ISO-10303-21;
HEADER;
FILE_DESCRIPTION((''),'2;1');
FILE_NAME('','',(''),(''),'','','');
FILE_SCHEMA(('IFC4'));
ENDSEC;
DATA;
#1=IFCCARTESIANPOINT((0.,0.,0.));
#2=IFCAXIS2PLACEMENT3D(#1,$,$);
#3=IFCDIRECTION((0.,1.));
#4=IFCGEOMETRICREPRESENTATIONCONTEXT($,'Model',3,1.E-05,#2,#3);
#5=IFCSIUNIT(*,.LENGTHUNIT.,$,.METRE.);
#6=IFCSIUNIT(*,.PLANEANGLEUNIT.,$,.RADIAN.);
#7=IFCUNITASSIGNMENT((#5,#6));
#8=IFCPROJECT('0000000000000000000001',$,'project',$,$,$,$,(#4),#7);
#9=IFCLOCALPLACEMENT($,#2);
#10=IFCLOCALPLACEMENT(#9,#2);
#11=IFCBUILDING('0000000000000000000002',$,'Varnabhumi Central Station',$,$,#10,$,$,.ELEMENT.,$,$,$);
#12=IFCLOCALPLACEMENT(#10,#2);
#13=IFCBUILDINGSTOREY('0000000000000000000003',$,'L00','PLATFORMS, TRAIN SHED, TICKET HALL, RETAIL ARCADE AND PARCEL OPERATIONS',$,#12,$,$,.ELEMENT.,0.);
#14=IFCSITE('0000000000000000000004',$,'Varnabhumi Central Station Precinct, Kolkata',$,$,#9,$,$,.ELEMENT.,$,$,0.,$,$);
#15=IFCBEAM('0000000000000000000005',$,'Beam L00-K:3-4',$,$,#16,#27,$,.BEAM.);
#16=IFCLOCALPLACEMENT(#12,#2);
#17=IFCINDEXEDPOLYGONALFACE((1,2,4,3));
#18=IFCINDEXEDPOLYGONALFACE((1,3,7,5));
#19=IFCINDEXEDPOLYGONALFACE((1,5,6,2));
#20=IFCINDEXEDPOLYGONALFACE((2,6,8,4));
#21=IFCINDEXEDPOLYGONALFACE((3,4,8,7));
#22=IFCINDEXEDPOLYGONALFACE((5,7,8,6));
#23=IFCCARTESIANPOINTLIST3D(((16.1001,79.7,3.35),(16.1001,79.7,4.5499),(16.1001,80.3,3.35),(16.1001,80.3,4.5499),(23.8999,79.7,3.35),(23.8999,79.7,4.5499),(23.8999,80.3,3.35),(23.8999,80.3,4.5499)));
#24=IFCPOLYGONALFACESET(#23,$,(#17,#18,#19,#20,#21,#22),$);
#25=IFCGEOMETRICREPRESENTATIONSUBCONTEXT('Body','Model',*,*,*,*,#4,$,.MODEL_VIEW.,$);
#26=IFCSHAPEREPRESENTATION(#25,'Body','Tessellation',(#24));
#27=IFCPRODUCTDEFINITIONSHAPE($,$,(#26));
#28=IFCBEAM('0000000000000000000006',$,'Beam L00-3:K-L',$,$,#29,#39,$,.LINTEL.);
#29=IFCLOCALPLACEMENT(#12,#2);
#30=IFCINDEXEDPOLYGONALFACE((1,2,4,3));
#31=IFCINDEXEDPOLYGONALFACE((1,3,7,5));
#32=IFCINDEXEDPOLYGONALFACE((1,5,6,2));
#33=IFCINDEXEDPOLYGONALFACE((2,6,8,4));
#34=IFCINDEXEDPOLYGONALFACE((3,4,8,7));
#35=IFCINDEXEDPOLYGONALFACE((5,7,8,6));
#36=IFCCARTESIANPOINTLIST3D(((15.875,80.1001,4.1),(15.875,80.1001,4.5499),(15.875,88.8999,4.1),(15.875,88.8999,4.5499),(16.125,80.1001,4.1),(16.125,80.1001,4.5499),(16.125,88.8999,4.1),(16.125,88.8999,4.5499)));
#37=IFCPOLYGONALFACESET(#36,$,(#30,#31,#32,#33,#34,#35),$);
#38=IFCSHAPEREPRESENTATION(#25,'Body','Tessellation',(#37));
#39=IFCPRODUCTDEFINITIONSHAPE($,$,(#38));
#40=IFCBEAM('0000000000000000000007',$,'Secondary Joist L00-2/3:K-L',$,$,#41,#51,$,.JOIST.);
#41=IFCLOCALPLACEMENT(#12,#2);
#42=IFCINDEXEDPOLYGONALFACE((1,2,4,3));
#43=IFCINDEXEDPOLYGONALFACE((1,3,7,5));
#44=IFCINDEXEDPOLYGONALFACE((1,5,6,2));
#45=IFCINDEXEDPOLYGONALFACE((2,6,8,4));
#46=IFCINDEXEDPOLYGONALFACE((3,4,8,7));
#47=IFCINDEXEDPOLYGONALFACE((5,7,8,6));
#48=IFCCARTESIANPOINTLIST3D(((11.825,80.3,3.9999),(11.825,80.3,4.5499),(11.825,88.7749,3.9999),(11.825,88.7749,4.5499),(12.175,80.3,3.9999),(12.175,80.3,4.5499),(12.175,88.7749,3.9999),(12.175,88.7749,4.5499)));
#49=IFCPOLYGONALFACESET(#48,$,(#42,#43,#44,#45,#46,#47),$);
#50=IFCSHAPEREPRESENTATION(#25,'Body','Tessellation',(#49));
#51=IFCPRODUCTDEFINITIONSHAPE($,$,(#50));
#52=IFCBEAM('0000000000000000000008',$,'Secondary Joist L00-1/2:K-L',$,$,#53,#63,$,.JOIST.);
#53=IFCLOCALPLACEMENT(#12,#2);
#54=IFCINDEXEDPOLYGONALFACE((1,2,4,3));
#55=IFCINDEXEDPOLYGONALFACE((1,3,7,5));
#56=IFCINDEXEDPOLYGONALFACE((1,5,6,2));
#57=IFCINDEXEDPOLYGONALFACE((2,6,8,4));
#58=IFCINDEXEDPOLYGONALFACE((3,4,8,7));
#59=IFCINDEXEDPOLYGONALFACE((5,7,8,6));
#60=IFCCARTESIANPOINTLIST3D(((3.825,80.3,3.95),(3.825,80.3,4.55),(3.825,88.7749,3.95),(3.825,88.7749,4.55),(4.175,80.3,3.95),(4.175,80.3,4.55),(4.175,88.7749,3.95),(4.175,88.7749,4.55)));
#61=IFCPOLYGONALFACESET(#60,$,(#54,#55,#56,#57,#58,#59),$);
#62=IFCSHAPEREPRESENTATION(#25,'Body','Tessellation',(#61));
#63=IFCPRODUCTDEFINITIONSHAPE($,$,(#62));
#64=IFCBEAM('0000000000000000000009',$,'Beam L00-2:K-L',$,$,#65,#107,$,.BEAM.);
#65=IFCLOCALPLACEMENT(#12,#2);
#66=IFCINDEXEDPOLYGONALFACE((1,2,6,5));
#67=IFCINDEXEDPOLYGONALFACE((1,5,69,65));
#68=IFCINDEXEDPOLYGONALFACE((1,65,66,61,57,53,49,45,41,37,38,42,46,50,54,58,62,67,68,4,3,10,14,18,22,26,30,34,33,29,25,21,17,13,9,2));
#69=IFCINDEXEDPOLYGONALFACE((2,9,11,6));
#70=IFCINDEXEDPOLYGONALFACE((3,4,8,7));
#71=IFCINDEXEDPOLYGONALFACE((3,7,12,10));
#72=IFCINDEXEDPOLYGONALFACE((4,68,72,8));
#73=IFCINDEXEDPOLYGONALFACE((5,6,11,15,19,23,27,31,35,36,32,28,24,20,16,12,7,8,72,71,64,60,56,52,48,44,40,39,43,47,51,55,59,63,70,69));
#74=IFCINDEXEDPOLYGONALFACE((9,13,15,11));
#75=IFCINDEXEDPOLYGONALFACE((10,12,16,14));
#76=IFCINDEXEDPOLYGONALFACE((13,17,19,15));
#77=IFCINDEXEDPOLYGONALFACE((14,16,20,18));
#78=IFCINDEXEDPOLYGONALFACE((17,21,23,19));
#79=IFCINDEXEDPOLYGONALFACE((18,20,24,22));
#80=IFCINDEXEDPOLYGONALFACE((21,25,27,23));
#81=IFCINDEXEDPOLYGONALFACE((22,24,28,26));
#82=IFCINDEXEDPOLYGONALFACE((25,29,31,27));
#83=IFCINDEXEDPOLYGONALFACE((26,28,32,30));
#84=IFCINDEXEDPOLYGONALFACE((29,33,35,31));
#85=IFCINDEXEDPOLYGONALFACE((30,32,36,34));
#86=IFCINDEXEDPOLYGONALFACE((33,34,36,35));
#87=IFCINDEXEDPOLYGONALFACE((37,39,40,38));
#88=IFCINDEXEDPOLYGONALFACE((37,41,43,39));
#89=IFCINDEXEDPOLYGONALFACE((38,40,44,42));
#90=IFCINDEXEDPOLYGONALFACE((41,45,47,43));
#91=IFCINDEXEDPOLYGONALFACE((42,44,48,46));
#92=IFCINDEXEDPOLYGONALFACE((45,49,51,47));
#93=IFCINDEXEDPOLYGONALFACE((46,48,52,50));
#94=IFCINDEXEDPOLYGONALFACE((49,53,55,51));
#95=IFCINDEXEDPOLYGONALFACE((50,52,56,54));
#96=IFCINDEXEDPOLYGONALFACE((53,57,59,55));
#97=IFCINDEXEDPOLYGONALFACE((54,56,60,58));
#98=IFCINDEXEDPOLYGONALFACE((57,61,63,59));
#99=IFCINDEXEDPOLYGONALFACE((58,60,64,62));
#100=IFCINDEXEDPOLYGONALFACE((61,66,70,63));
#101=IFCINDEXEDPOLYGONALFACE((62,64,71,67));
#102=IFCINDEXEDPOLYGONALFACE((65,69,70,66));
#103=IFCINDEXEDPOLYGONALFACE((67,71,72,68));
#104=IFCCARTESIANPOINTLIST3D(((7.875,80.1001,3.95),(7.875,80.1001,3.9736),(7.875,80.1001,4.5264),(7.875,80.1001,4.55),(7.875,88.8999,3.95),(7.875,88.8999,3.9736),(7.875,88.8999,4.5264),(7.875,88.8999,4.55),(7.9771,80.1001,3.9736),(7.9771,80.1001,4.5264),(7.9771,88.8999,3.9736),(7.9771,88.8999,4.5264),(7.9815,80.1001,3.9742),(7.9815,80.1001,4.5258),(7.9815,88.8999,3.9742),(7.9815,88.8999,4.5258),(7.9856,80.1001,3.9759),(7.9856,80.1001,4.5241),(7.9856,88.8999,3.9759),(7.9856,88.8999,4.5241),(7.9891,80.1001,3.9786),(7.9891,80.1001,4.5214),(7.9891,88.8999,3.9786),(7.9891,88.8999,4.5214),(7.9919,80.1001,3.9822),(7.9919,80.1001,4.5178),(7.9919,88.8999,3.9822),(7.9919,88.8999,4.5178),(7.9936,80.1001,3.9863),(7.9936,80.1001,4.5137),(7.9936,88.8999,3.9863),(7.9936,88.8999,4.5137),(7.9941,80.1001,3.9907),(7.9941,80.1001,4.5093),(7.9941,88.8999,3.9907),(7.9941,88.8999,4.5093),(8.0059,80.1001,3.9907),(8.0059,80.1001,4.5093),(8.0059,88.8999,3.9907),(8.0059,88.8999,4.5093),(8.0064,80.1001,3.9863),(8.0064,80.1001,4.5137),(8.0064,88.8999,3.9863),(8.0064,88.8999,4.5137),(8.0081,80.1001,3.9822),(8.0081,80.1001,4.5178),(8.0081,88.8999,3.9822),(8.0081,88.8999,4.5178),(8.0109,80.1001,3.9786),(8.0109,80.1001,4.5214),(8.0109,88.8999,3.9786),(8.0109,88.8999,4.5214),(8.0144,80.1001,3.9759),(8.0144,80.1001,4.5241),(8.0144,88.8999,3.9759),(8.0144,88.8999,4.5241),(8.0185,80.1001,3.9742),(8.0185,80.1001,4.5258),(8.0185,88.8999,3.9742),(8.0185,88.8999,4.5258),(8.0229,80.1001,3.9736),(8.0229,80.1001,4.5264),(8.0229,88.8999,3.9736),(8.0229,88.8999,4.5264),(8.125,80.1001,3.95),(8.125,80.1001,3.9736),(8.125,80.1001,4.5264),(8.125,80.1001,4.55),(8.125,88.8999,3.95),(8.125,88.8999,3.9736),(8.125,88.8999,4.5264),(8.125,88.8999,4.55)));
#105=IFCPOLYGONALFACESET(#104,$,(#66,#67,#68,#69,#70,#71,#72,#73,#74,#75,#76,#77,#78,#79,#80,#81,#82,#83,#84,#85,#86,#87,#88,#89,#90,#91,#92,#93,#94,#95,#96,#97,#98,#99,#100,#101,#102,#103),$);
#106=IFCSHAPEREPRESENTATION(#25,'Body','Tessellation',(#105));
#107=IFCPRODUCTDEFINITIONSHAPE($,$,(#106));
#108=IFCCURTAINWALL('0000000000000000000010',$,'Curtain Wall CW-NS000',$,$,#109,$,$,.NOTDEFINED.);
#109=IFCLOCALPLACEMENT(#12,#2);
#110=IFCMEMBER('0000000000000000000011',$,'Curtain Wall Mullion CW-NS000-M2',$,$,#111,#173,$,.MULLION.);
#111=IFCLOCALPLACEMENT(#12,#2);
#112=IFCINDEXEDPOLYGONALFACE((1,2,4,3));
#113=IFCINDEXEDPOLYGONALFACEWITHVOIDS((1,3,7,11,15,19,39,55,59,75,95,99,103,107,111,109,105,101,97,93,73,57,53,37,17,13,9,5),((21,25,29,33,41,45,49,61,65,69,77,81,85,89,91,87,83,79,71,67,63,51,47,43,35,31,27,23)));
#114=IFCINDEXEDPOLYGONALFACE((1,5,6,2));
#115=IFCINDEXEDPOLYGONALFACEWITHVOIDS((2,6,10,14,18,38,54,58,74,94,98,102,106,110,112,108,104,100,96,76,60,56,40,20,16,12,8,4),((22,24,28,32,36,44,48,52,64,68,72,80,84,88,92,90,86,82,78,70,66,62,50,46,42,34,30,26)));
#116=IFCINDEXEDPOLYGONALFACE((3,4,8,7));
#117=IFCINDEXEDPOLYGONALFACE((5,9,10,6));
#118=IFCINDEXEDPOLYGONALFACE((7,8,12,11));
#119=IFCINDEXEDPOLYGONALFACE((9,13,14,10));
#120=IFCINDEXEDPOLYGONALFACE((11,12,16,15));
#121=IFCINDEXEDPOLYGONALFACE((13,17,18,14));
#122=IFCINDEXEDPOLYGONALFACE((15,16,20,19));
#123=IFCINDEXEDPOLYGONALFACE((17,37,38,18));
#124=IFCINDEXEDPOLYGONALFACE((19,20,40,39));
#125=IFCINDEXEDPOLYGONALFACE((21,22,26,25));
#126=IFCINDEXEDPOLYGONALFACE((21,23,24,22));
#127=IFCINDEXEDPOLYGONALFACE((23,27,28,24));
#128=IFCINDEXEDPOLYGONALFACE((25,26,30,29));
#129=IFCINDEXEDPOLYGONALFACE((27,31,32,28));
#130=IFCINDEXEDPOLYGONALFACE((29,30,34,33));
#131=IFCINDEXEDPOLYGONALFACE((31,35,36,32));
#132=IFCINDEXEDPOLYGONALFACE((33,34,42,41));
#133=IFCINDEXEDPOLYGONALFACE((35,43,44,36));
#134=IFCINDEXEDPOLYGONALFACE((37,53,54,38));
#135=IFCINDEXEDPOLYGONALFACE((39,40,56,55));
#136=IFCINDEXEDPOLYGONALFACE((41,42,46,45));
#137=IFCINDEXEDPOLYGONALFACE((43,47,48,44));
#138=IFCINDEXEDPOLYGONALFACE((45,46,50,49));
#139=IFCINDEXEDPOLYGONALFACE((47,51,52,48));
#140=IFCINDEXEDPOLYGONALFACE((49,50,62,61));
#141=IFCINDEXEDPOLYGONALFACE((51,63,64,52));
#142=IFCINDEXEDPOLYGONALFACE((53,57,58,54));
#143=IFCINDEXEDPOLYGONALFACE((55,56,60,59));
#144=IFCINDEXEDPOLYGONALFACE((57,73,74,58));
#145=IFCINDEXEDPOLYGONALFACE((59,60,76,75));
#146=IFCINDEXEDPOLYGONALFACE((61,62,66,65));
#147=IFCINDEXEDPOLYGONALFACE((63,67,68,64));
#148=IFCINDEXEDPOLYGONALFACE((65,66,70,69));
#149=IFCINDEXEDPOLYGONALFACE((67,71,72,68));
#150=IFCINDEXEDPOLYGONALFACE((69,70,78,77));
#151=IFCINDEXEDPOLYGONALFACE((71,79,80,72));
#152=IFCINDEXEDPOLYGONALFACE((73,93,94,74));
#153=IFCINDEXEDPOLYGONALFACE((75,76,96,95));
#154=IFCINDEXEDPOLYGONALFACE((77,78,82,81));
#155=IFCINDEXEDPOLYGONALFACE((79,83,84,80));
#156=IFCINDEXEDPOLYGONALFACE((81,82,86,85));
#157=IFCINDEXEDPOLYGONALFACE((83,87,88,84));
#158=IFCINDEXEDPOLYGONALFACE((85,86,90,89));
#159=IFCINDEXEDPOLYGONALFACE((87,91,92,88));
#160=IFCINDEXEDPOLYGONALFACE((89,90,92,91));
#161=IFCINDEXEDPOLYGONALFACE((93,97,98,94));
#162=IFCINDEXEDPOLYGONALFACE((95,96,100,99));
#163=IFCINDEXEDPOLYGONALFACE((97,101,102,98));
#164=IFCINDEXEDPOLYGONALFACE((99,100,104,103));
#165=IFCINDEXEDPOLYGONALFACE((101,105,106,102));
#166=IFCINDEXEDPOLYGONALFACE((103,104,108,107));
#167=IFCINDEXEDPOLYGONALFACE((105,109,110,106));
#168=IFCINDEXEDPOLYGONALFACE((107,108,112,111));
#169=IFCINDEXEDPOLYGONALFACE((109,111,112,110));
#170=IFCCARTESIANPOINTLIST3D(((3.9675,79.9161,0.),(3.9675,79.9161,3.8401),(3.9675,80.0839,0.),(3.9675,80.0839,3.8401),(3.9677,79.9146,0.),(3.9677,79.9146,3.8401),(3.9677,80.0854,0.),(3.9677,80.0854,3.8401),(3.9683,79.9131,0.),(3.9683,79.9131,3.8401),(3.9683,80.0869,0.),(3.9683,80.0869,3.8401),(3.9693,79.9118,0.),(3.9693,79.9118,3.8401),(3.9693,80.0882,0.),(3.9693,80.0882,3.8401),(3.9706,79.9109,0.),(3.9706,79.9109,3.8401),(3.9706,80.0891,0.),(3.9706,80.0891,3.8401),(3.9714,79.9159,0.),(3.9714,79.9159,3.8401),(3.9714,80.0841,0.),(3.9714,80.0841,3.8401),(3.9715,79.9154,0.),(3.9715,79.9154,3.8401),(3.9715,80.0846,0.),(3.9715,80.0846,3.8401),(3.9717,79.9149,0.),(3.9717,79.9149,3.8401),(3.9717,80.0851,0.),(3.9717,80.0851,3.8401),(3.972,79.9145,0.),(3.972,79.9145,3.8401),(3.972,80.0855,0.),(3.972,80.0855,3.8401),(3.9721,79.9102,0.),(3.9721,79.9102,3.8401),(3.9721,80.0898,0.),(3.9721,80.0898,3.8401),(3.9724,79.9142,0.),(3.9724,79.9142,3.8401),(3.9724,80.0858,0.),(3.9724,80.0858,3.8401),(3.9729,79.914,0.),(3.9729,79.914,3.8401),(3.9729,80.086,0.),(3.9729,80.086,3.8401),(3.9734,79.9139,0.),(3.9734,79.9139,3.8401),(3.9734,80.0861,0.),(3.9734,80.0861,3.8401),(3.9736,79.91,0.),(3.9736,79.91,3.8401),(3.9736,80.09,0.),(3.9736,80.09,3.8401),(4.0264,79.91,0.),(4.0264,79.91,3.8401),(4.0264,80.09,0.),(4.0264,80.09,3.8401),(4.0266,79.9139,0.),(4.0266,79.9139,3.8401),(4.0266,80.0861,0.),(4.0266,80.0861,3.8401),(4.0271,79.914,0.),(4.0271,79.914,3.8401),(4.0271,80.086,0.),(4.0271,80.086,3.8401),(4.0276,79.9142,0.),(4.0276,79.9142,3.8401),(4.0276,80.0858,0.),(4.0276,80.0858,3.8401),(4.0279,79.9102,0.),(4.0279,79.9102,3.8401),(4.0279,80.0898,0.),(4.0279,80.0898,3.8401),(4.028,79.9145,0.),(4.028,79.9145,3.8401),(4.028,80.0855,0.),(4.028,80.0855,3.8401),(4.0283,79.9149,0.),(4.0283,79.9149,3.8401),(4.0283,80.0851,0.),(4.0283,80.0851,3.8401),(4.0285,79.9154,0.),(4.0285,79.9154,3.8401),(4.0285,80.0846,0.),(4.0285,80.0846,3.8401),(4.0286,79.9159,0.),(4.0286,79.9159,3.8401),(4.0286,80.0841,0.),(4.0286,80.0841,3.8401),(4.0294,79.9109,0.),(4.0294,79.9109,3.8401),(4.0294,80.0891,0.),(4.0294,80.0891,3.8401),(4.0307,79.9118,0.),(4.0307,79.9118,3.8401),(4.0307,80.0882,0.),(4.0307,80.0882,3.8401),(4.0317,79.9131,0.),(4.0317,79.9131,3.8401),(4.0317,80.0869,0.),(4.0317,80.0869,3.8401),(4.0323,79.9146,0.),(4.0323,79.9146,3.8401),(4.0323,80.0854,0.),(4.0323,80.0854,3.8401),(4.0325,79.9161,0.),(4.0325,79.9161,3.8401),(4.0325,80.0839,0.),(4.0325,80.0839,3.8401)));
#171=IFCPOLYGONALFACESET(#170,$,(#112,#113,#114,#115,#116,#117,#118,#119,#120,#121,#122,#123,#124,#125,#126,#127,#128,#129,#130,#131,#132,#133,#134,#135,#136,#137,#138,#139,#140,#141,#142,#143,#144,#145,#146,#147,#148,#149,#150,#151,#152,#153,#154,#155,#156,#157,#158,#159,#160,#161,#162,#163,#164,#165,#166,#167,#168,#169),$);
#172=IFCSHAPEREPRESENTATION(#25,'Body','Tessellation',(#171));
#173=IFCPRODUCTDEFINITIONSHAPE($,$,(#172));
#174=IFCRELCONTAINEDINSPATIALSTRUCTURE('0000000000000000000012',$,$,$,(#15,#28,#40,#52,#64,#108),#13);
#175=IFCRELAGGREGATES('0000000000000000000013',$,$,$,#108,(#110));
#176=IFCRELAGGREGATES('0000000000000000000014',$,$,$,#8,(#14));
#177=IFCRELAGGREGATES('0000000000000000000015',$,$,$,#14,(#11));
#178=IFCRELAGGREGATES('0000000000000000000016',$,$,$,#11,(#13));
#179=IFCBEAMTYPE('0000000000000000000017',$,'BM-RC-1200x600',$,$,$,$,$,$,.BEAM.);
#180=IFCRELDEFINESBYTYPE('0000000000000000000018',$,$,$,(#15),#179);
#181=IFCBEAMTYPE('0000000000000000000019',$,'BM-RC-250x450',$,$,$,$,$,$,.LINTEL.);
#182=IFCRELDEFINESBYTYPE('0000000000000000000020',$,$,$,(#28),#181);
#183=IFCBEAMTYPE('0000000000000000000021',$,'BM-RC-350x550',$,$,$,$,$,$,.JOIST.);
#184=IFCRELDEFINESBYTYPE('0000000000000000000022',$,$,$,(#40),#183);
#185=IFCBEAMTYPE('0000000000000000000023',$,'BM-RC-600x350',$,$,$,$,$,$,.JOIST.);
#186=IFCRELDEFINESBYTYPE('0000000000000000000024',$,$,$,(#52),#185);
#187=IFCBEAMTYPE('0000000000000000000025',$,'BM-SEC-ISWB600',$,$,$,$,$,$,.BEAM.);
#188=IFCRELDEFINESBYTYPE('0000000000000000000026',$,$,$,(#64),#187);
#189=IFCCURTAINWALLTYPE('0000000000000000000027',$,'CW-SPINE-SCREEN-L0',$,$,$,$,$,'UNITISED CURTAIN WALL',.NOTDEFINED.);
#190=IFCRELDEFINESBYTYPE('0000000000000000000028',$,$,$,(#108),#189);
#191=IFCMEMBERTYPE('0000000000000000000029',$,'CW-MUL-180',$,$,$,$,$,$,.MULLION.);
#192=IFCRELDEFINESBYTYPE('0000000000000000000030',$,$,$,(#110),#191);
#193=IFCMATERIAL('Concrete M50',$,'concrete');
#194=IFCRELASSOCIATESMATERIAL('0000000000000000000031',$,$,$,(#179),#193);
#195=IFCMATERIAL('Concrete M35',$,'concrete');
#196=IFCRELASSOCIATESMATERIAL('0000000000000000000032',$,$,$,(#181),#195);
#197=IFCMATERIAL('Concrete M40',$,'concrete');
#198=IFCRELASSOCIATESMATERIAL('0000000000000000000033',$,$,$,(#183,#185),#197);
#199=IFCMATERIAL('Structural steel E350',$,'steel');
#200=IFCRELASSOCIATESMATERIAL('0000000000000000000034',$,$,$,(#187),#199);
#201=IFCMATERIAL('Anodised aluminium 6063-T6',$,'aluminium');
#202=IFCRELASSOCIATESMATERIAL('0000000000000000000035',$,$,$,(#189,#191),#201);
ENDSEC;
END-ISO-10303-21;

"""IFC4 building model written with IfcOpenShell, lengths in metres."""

from ifc_helpers import new_model, si_unit, direction, frame, origin, origin_2d, place, context, subcontext, project, spatial, rectangle, hollow_rectangle, i_section, extrude, material, material_profile, profile_set, type_object, element, aggregate, save


model = new_model("IFC4")

# Units and contexts
model_context = context("Model", 3, precision=1e-05, world=origin(), true_north=direction((0.0, 1.0)))
body_context = subcontext(model_context, "Body", "Model", "MODEL_VIEW")
ifc_project = project(units=[si_unit("LENGTHUNIT", "METRE"), si_unit("PLANEANGLEUNIT", "RADIAN")], contexts=[model_context])

# Site, building, storey
site_placement = place(None, origin())
site = spatial("IfcSite", under=ifc_project, at=site_placement, Name="Varnabhumi Central Station Precinct, Kolkata", CompositionType="ELEMENT", RefElevation=0.0)
building_placement = place(site_placement, origin())
building = spatial("IfcBuilding", under=site, at=building_placement, Name="Varnabhumi Central Station", CompositionType="ELEMENT")
storey_placement = place(building_placement, origin())
storey = spatial("IfcBuildingStorey", under=building, at=storey_placement, Name="L00", Description="PLATFORMS, TRAIN SHED, TICKET HALL, RETAIL ARCADE AND PARCEL OPERATIONS", CompositionType="ELEMENT", Elevation=0.0)

# Shared definitions
ifc_material_1 = material(Name="Concrete M40", Category="concrete")

# Shared definitions
ifc_material_2 = material(Name="Concrete M35", Category="concrete")

# Shared definitions
ifc_material_3 = material(Name="Concrete M50", Category="concrete")

# Beams
ifc_material_profile_1 = material_profile(ifc_material_3, rectangle(XDim=0.6001, YDim=1.2, at=origin_2d()), Name="Concrete M50", Category="concrete")
ifc_profile_set_1 = profile_set([ifc_material_profile_1], Name="Concrete M50")
beam_type_1 = type_object("IfcBeamType", Name="BM-RC-1200x600", PredefinedType="BEAM", material=ifc_profile_set_1)
for number, where, z_axis, x_axis, name in (
    (1, (16.1001, 80.0, 3.95), (1.0, 0.0, 0.0), (0.0, 1.0, 0.0), "Beam L00-K:3-4"),
):
    element("IfcBeam", number, at=place(storey_placement, frame(where, z_axis=z_axis, x_axis=x_axis)), inside=storey, type_object=beam_type_1, Name=name, PredefinedType="BEAM", context=body_context, shape_type="SweptSolid", body=[
        extrude(rectangle(XDim=0.6001, YDim=1.2, at=origin_2d()), origin(), (0.0, 0.0, 1.0), 7.7998),
    ])
ifc_material_profile_2 = material_profile(ifc_material_2, rectangle(XDim=0.25, YDim=0.45, at=origin_2d()), Name="Concrete M35", Category="concrete")
ifc_profile_set_2 = profile_set([ifc_material_profile_2], Name="Concrete M35")
beam_type_2 = type_object("IfcBeamType", Name="BM-RC-250x450", PredefinedType="LINTEL", material=ifc_profile_set_2)
beam_1_placement = place(storey_placement, frame((16.0, 80.1001, 4.325), z_axis=(0.0, 1.0, 0.0), x_axis=(-1.0, 0.0, 0.0)))
element("IfcBeam", 2, at=beam_1_placement, inside=storey, type_object=beam_type_2, Name="Beam L00-3:K-L", PredefinedType="LINTEL", context=body_context, shape_type="SweptSolid", body=[
    extrude(rectangle(XDim=0.25, YDim=0.45, at=origin_2d()), origin(), (0.0, 0.0, 1.0), 8.7998),
])
ifc_material_profile_3 = material_profile(ifc_material_1, rectangle(XDim=0.3501, YDim=0.55, at=origin_2d()), Name="Concrete M40", Category="concrete")
ifc_profile_set_3 = profile_set([ifc_material_profile_3], Name="Concrete M40")
beam_type_3 = type_object("IfcBeamType", Name="BM-RC-350x550", PredefinedType="JOIST", material=ifc_profile_set_3)
beam_2_placement = place(storey_placement, frame((12.0, 80.3, 4.2749), z_axis=(0.0, 1.0, 0.0), x_axis=(-1.0, 0.0, 0.0)))
element("IfcBeam", 3, at=beam_2_placement, inside=storey, type_object=beam_type_3, Name="Secondary Joist L00-2/3:K-L", PredefinedType="JOIST", context=body_context, shape_type="SweptSolid", body=[
    extrude(rectangle(XDim=0.3501, YDim=0.55, at=origin_2d()), origin(), (0.0, 0.0, 1.0), 8.4749),
])
ifc_material_profile_4 = material_profile(ifc_material_1, rectangle(XDim=0.3501, YDim=0.6001, at=origin_2d()), Name="Concrete M40", Category="concrete")
ifc_profile_set_4 = profile_set([ifc_material_profile_4], Name="Concrete M40")
beam_type_4 = type_object("IfcBeamType", Name="BM-RC-600x350", PredefinedType="JOIST", material=ifc_profile_set_4)
beam_3_placement = place(storey_placement, frame((4.0, 80.3, 4.25), z_axis=(0.0, 1.0, 0.0), x_axis=(-1.0, 0.0, 0.0)))
element("IfcBeam", 4, at=beam_3_placement, inside=storey, type_object=beam_type_4, Name="Secondary Joist L00-1/2:K-L", PredefinedType="JOIST", context=body_context, shape_type="SweptSolid", body=[
    extrude(rectangle(XDim=0.3501, YDim=0.6001, at=origin_2d()), origin(), (0.0, 0.0, 1.0), 8.4749),
])
ifc_material_4 = material(Name="Structural steel E350", Category="steel")
ifc_material_profile_5 = material_profile(ifc_material_4, i_section(OverallWidth=0.25, OverallDepth=0.6001, WebThickness=0.0117, FlangeThickness=0.0237, FilletRadius=0.0171, at=origin_2d()), Name="Structural steel E350", Category="steel")
ifc_profile_set_5 = profile_set([ifc_material_profile_5], Name="Structural steel E350")
beam_type_5 = type_object("IfcBeamType", Name="BM-SEC-ISWB600", PredefinedType="BEAM", material=ifc_profile_set_5)
beam_4_placement = place(storey_placement, frame((8.0, 80.1001, 4.25), z_axis=(0.0, 1.0, 0.0), x_axis=(-1.0, 0.0, 0.0)))
element("IfcBeam", 5, at=beam_4_placement, inside=storey, type_object=beam_type_5, Name="Beam L00-2:K-L", PredefinedType="BEAM", context=body_context, shape_type="SweptSolid", body=[
    extrude(i_section(OverallWidth=0.25, OverallDepth=0.6001, WebThickness=0.0117, FlangeThickness=0.0237, FilletRadius=0.0171, at=origin_2d()), origin(), (0.0, 0.0, 1.0), 8.7998),
])

# Curtain wall, member
ifc_material_5 = material(Name="Anodised aluminium 6063-T6", Category="aluminium")
curtain_wall_type = type_object("IfcCurtainWallType", Name="CW-SPINE-SCREEN-L0", ElementType="UNITISED CURTAIN WALL", PredefinedType="NOTDEFINED", material=ifc_material_5)
curtain_wall_1_placement = place(storey_placement, origin())
curtain_wall_1 = element("IfcCurtainWall", 6, at=curtain_wall_1_placement, inside=storey, type_object=curtain_wall_type, Name="Curtain Wall CW-NS000", PredefinedType="NOTDEFINED")
ifc_material_profile_6 = material_profile(ifc_material_5, hollow_rectangle(XDim=0.0649, YDim=0.1799, WallThickness=0.0039, InnerFilletRadius=0.002, OuterFilletRadius=0.0061, at=origin_2d()), Name="Anodised aluminium 6063-T6", Category="aluminium")
ifc_profile_set_6 = profile_set([ifc_material_profile_6], Name="Anodised aluminium 6063-T6")
member_type = type_object("IfcMemberType", Name="CW-MUL-180", PredefinedType="MULLION", material=ifc_profile_set_6)
member_1_placement = place(storey_placement, frame((4.0, 80.0, 0.0), z_axis=(0.0, 0.0, 1.0), x_axis=(1.0, 0.0, 0.0)))
member_1 = element("IfcMember", 7, at=member_1_placement, type_object=member_type, Name="Curtain Wall Mullion CW-NS000-M2", PredefinedType="MULLION", context=body_context, shape_type="SweptSolid", body=[
    extrude(hollow_rectangle(XDim=0.0649, YDim=0.1799, WallThickness=0.0039, InnerFilletRadius=0.002, OuterFilletRadius=0.0061, at=origin_2d()), origin(), (0.0, 0.0, 1.0), 3.8401),
])

aggregate(curtain_wall_1, [member_1])

save(model, "model.ifc")
